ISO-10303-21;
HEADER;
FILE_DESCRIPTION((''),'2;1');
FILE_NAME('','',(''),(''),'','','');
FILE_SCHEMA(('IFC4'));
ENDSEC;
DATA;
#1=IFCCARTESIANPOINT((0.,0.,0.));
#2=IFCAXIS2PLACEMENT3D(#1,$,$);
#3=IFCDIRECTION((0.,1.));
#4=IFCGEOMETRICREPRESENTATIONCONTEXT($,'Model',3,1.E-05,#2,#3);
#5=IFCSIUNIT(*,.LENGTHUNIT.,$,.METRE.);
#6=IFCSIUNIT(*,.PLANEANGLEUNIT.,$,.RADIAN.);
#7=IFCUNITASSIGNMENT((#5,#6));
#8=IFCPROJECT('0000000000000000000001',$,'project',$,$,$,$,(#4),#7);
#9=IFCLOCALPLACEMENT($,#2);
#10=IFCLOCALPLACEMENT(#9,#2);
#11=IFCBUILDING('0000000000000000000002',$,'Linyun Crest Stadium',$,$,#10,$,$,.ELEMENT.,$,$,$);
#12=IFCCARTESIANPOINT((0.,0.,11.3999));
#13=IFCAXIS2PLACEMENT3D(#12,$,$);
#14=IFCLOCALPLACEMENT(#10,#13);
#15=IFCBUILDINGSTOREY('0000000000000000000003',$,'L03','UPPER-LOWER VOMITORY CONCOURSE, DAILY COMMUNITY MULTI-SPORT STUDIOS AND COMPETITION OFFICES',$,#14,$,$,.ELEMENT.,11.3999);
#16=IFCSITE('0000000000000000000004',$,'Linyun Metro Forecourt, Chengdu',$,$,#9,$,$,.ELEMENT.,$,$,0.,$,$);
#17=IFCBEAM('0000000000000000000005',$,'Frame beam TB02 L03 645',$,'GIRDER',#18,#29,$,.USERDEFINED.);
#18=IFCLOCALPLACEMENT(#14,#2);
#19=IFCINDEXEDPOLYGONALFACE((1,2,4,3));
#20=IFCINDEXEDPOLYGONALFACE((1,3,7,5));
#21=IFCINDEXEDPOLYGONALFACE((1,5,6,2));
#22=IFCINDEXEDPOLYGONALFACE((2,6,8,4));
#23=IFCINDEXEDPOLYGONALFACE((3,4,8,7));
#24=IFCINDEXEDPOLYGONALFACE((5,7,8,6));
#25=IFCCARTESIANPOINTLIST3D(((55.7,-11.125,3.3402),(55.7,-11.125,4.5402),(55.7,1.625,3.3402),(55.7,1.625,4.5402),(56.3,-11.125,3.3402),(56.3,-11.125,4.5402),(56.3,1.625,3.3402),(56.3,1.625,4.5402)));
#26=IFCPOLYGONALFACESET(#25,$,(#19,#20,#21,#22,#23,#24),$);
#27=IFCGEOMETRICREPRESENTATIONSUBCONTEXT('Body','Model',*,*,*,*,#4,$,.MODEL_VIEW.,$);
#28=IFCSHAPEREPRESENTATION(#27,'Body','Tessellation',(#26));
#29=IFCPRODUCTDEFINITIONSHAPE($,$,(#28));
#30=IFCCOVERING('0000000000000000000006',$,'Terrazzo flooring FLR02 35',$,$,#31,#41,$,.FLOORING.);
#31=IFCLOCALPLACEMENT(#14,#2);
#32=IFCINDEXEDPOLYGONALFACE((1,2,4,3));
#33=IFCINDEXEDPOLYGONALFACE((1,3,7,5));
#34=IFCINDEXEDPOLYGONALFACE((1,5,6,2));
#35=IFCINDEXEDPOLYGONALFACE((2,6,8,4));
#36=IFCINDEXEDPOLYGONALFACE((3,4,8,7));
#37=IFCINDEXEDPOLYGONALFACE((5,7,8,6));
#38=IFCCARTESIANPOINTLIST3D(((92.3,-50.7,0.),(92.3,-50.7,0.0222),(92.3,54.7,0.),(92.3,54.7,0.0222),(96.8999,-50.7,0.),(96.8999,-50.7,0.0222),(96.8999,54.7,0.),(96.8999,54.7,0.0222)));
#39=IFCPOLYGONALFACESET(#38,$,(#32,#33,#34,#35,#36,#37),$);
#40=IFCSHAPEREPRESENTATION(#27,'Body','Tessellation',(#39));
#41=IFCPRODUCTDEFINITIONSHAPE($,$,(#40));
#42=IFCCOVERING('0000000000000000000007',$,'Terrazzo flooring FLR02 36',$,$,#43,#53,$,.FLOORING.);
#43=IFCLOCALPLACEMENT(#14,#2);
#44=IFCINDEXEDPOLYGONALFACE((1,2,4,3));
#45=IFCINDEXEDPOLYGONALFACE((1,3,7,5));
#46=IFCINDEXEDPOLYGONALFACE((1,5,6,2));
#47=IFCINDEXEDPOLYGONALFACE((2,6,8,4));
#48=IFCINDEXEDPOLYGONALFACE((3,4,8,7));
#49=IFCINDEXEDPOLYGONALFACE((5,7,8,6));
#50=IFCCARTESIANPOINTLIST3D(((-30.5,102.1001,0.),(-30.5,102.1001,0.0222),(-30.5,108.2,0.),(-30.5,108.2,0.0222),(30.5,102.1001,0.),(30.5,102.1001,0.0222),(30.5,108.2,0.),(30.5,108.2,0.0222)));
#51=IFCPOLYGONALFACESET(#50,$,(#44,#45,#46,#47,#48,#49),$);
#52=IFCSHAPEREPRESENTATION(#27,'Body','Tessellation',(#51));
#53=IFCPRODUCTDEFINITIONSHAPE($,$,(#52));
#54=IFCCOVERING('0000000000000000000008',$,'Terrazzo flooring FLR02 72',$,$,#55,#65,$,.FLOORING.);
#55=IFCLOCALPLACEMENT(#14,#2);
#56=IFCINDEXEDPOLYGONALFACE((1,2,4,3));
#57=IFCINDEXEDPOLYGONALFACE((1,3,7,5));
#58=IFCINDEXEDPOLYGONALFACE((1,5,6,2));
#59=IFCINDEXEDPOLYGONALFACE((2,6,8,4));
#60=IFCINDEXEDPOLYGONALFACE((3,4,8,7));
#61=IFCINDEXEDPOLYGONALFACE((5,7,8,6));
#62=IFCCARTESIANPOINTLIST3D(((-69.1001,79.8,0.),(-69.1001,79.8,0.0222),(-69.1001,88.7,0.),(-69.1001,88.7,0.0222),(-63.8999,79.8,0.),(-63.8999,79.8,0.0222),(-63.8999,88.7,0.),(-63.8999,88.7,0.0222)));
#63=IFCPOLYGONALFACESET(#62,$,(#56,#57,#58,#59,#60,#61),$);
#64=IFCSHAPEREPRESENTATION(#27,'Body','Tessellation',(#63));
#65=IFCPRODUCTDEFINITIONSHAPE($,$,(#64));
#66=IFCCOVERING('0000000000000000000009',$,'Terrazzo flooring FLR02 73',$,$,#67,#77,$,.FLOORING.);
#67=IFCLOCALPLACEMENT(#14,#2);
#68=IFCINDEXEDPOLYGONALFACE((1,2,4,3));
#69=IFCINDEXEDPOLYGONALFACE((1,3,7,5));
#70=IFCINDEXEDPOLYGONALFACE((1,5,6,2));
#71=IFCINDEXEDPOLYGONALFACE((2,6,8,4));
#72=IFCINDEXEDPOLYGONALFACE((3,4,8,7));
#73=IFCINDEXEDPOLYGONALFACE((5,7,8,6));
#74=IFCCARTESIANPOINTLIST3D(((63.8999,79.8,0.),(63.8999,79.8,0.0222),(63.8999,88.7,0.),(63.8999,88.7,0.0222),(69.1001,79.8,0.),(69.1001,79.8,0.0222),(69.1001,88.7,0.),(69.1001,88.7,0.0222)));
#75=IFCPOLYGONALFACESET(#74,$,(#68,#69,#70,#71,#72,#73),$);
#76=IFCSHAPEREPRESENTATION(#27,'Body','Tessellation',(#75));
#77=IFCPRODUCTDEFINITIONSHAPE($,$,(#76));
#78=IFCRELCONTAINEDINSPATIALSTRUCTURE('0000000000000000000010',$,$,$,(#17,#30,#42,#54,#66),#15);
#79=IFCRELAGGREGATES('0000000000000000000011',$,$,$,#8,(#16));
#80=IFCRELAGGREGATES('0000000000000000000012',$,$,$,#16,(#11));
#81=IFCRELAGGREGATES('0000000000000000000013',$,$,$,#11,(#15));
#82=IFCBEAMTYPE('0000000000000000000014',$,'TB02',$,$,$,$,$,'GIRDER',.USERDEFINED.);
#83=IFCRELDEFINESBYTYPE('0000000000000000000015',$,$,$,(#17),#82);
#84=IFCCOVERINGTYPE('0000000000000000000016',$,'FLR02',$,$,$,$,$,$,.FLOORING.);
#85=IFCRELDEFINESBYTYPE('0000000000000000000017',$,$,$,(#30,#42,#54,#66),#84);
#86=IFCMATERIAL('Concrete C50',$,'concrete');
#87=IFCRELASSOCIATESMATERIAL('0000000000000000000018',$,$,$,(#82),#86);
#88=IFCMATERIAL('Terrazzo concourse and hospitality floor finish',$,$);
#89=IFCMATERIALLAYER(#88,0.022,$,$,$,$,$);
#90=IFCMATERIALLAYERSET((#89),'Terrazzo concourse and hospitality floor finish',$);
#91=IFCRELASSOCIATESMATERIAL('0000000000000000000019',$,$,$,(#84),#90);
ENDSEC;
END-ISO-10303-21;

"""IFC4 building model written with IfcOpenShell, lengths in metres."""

from ifc_helpers import new_model, si_unit, direction, frame, origin, origin_2d, place, context, subcontext, project, spatial, polyline, rectangle, outline, extrude, material, layer, layer_set, material_profile, profile_set, type_object, element, save


model = new_model("IFC4")

# Units and contexts
model_context = context("Model", 3, precision=1e-05, world=origin(), true_north=direction((0.0, 1.0)))
body_context = subcontext(model_context, "Body", "Model", "MODEL_VIEW")
ifc_project = project(units=[si_unit("LENGTHUNIT", "METRE"), si_unit("PLANEANGLEUNIT", "RADIAN")], contexts=[model_context])

# Site, building, storey
site_placement = place(None, origin())
site = spatial("IfcSite", under=ifc_project, at=site_placement, Name="Linyun Metro Forecourt, Chengdu", CompositionType="ELEMENT", RefElevation=0.0)
building_placement = place(site_placement, origin())
building = spatial("IfcBuilding", under=site, at=building_placement, Name="Linyun Crest Stadium", CompositionType="ELEMENT")
storey_placement = place(building_placement, frame((0.0, 0.0, 11.3999)))
storey = spatial("IfcBuildingStorey", under=building, at=storey_placement, Name="L03", Description="UPPER-LOWER VOMITORY CONCOURSE, DAILY COMMUNITY MULTI-SPORT STUDIOS AND COMPETITION OFFICES", CompositionType="ELEMENT", Elevation=11.3999)

# Beam
ifc_material_1 = material(Name="Concrete C50", Category="concrete")
ifc_material_profile_1 = material_profile(ifc_material_1, rectangle(XDim=0.6001, YDim=1.2, at=origin_2d()), Name="RCB 1200x600")
ifc_profile_set_1 = profile_set([ifc_material_profile_1], Name="Concrete C50")
beam_type_1 = type_object("IfcBeamType", Name="TB02", ElementType="GIRDER", PredefinedType="USERDEFINED", material=ifc_profile_set_1)
beam_1_placement = place(storey_placement, frame((56.0, -11.125, 3.9402), z_axis=(0.0, 1.0, 0.0), x_axis=(-1.0, 0.0, 0.0)))
element("IfcBeam", 1, at=beam_1_placement, inside=storey, type_object=beam_type_1, Name="Frame beam TB02 L03 645", ObjectType="GIRDER", PredefinedType="USERDEFINED", context=body_context, shape_type="SweptSolid", body=[
    extrude(rectangle(XDim=0.6001, YDim=1.2, at=origin_2d()), origin(), (0.0, 0.0, 1.0), 12.75),
])

# Coverings
ifc_material_2 = material(Name="Terrazzo concourse and hospitality floor finish")
ifc_layer = layer(ifc_material_2, 0.022)
ifc_layer_set = layer_set([ifc_layer], Name="Terrazzo concourse and hospitality floor finish")
covering_type = type_object("IfcCoveringType", Name="FLR02", PredefinedType="FLOORING", material=ifc_layer_set)
covering_1_placement = place(storey_placement, origin())
element("IfcCovering", 2, at=covering_1_placement, inside=storey, type_object=covering_type, Name="Terrazzo flooring FLR02 35", PredefinedType="FLOORING", context=body_context, shape_type="SweptSolid", body=[
    extrude(outline(polyline([(92.3, -50.7), (96.8999, -50.7), (96.8999, 54.7), (92.3, 54.7), (92.3, -50.7)])), origin(), (0.0, 0.0, 1.0), 0.0222),
])
covering_2_placement = place(storey_placement, origin())
element("IfcCovering", 3, at=covering_2_placement, inside=storey, type_object=covering_type, Name="Terrazzo flooring FLR02 36", PredefinedType="FLOORING", context=body_context, shape_type="SweptSolid", body=[
    extrude(outline(polyline([(-30.5, 102.1001), (30.5, 102.1001), (30.5, 108.2), (-30.5, 108.2), (-30.5, 102.1001)])), origin(), (0.0, 0.0, 1.0), 0.0222),
])
covering_3_placement = place(storey_placement, origin())
element("IfcCovering", 4, at=covering_3_placement, inside=storey, type_object=covering_type, Name="Terrazzo flooring FLR02 72", PredefinedType="FLOORING", context=body_context, shape_type="SweptSolid", body=[
    extrude(outline(polyline([(-69.1001, 79.8), (-63.8999, 79.8), (-63.8999, 88.7), (-69.1001, 88.7), (-69.1001, 79.8)])), origin(), (0.0, 0.0, 1.0), 0.0222),
])
covering_4_placement = place(storey_placement, origin())
element("IfcCovering", 5, at=covering_4_placement, inside=storey, type_object=covering_type, Name="Terrazzo flooring FLR02 73", PredefinedType="FLOORING", context=body_context, shape_type="SweptSolid", body=[
    extrude(outline(polyline([(63.8999, 79.8), (69.1001, 79.8), (69.1001, 88.7), (63.8999, 88.7), (63.8999, 79.8)])), origin(), (0.0, 0.0, 1.0), 0.0222),
])

save(model, "model.ifc")
